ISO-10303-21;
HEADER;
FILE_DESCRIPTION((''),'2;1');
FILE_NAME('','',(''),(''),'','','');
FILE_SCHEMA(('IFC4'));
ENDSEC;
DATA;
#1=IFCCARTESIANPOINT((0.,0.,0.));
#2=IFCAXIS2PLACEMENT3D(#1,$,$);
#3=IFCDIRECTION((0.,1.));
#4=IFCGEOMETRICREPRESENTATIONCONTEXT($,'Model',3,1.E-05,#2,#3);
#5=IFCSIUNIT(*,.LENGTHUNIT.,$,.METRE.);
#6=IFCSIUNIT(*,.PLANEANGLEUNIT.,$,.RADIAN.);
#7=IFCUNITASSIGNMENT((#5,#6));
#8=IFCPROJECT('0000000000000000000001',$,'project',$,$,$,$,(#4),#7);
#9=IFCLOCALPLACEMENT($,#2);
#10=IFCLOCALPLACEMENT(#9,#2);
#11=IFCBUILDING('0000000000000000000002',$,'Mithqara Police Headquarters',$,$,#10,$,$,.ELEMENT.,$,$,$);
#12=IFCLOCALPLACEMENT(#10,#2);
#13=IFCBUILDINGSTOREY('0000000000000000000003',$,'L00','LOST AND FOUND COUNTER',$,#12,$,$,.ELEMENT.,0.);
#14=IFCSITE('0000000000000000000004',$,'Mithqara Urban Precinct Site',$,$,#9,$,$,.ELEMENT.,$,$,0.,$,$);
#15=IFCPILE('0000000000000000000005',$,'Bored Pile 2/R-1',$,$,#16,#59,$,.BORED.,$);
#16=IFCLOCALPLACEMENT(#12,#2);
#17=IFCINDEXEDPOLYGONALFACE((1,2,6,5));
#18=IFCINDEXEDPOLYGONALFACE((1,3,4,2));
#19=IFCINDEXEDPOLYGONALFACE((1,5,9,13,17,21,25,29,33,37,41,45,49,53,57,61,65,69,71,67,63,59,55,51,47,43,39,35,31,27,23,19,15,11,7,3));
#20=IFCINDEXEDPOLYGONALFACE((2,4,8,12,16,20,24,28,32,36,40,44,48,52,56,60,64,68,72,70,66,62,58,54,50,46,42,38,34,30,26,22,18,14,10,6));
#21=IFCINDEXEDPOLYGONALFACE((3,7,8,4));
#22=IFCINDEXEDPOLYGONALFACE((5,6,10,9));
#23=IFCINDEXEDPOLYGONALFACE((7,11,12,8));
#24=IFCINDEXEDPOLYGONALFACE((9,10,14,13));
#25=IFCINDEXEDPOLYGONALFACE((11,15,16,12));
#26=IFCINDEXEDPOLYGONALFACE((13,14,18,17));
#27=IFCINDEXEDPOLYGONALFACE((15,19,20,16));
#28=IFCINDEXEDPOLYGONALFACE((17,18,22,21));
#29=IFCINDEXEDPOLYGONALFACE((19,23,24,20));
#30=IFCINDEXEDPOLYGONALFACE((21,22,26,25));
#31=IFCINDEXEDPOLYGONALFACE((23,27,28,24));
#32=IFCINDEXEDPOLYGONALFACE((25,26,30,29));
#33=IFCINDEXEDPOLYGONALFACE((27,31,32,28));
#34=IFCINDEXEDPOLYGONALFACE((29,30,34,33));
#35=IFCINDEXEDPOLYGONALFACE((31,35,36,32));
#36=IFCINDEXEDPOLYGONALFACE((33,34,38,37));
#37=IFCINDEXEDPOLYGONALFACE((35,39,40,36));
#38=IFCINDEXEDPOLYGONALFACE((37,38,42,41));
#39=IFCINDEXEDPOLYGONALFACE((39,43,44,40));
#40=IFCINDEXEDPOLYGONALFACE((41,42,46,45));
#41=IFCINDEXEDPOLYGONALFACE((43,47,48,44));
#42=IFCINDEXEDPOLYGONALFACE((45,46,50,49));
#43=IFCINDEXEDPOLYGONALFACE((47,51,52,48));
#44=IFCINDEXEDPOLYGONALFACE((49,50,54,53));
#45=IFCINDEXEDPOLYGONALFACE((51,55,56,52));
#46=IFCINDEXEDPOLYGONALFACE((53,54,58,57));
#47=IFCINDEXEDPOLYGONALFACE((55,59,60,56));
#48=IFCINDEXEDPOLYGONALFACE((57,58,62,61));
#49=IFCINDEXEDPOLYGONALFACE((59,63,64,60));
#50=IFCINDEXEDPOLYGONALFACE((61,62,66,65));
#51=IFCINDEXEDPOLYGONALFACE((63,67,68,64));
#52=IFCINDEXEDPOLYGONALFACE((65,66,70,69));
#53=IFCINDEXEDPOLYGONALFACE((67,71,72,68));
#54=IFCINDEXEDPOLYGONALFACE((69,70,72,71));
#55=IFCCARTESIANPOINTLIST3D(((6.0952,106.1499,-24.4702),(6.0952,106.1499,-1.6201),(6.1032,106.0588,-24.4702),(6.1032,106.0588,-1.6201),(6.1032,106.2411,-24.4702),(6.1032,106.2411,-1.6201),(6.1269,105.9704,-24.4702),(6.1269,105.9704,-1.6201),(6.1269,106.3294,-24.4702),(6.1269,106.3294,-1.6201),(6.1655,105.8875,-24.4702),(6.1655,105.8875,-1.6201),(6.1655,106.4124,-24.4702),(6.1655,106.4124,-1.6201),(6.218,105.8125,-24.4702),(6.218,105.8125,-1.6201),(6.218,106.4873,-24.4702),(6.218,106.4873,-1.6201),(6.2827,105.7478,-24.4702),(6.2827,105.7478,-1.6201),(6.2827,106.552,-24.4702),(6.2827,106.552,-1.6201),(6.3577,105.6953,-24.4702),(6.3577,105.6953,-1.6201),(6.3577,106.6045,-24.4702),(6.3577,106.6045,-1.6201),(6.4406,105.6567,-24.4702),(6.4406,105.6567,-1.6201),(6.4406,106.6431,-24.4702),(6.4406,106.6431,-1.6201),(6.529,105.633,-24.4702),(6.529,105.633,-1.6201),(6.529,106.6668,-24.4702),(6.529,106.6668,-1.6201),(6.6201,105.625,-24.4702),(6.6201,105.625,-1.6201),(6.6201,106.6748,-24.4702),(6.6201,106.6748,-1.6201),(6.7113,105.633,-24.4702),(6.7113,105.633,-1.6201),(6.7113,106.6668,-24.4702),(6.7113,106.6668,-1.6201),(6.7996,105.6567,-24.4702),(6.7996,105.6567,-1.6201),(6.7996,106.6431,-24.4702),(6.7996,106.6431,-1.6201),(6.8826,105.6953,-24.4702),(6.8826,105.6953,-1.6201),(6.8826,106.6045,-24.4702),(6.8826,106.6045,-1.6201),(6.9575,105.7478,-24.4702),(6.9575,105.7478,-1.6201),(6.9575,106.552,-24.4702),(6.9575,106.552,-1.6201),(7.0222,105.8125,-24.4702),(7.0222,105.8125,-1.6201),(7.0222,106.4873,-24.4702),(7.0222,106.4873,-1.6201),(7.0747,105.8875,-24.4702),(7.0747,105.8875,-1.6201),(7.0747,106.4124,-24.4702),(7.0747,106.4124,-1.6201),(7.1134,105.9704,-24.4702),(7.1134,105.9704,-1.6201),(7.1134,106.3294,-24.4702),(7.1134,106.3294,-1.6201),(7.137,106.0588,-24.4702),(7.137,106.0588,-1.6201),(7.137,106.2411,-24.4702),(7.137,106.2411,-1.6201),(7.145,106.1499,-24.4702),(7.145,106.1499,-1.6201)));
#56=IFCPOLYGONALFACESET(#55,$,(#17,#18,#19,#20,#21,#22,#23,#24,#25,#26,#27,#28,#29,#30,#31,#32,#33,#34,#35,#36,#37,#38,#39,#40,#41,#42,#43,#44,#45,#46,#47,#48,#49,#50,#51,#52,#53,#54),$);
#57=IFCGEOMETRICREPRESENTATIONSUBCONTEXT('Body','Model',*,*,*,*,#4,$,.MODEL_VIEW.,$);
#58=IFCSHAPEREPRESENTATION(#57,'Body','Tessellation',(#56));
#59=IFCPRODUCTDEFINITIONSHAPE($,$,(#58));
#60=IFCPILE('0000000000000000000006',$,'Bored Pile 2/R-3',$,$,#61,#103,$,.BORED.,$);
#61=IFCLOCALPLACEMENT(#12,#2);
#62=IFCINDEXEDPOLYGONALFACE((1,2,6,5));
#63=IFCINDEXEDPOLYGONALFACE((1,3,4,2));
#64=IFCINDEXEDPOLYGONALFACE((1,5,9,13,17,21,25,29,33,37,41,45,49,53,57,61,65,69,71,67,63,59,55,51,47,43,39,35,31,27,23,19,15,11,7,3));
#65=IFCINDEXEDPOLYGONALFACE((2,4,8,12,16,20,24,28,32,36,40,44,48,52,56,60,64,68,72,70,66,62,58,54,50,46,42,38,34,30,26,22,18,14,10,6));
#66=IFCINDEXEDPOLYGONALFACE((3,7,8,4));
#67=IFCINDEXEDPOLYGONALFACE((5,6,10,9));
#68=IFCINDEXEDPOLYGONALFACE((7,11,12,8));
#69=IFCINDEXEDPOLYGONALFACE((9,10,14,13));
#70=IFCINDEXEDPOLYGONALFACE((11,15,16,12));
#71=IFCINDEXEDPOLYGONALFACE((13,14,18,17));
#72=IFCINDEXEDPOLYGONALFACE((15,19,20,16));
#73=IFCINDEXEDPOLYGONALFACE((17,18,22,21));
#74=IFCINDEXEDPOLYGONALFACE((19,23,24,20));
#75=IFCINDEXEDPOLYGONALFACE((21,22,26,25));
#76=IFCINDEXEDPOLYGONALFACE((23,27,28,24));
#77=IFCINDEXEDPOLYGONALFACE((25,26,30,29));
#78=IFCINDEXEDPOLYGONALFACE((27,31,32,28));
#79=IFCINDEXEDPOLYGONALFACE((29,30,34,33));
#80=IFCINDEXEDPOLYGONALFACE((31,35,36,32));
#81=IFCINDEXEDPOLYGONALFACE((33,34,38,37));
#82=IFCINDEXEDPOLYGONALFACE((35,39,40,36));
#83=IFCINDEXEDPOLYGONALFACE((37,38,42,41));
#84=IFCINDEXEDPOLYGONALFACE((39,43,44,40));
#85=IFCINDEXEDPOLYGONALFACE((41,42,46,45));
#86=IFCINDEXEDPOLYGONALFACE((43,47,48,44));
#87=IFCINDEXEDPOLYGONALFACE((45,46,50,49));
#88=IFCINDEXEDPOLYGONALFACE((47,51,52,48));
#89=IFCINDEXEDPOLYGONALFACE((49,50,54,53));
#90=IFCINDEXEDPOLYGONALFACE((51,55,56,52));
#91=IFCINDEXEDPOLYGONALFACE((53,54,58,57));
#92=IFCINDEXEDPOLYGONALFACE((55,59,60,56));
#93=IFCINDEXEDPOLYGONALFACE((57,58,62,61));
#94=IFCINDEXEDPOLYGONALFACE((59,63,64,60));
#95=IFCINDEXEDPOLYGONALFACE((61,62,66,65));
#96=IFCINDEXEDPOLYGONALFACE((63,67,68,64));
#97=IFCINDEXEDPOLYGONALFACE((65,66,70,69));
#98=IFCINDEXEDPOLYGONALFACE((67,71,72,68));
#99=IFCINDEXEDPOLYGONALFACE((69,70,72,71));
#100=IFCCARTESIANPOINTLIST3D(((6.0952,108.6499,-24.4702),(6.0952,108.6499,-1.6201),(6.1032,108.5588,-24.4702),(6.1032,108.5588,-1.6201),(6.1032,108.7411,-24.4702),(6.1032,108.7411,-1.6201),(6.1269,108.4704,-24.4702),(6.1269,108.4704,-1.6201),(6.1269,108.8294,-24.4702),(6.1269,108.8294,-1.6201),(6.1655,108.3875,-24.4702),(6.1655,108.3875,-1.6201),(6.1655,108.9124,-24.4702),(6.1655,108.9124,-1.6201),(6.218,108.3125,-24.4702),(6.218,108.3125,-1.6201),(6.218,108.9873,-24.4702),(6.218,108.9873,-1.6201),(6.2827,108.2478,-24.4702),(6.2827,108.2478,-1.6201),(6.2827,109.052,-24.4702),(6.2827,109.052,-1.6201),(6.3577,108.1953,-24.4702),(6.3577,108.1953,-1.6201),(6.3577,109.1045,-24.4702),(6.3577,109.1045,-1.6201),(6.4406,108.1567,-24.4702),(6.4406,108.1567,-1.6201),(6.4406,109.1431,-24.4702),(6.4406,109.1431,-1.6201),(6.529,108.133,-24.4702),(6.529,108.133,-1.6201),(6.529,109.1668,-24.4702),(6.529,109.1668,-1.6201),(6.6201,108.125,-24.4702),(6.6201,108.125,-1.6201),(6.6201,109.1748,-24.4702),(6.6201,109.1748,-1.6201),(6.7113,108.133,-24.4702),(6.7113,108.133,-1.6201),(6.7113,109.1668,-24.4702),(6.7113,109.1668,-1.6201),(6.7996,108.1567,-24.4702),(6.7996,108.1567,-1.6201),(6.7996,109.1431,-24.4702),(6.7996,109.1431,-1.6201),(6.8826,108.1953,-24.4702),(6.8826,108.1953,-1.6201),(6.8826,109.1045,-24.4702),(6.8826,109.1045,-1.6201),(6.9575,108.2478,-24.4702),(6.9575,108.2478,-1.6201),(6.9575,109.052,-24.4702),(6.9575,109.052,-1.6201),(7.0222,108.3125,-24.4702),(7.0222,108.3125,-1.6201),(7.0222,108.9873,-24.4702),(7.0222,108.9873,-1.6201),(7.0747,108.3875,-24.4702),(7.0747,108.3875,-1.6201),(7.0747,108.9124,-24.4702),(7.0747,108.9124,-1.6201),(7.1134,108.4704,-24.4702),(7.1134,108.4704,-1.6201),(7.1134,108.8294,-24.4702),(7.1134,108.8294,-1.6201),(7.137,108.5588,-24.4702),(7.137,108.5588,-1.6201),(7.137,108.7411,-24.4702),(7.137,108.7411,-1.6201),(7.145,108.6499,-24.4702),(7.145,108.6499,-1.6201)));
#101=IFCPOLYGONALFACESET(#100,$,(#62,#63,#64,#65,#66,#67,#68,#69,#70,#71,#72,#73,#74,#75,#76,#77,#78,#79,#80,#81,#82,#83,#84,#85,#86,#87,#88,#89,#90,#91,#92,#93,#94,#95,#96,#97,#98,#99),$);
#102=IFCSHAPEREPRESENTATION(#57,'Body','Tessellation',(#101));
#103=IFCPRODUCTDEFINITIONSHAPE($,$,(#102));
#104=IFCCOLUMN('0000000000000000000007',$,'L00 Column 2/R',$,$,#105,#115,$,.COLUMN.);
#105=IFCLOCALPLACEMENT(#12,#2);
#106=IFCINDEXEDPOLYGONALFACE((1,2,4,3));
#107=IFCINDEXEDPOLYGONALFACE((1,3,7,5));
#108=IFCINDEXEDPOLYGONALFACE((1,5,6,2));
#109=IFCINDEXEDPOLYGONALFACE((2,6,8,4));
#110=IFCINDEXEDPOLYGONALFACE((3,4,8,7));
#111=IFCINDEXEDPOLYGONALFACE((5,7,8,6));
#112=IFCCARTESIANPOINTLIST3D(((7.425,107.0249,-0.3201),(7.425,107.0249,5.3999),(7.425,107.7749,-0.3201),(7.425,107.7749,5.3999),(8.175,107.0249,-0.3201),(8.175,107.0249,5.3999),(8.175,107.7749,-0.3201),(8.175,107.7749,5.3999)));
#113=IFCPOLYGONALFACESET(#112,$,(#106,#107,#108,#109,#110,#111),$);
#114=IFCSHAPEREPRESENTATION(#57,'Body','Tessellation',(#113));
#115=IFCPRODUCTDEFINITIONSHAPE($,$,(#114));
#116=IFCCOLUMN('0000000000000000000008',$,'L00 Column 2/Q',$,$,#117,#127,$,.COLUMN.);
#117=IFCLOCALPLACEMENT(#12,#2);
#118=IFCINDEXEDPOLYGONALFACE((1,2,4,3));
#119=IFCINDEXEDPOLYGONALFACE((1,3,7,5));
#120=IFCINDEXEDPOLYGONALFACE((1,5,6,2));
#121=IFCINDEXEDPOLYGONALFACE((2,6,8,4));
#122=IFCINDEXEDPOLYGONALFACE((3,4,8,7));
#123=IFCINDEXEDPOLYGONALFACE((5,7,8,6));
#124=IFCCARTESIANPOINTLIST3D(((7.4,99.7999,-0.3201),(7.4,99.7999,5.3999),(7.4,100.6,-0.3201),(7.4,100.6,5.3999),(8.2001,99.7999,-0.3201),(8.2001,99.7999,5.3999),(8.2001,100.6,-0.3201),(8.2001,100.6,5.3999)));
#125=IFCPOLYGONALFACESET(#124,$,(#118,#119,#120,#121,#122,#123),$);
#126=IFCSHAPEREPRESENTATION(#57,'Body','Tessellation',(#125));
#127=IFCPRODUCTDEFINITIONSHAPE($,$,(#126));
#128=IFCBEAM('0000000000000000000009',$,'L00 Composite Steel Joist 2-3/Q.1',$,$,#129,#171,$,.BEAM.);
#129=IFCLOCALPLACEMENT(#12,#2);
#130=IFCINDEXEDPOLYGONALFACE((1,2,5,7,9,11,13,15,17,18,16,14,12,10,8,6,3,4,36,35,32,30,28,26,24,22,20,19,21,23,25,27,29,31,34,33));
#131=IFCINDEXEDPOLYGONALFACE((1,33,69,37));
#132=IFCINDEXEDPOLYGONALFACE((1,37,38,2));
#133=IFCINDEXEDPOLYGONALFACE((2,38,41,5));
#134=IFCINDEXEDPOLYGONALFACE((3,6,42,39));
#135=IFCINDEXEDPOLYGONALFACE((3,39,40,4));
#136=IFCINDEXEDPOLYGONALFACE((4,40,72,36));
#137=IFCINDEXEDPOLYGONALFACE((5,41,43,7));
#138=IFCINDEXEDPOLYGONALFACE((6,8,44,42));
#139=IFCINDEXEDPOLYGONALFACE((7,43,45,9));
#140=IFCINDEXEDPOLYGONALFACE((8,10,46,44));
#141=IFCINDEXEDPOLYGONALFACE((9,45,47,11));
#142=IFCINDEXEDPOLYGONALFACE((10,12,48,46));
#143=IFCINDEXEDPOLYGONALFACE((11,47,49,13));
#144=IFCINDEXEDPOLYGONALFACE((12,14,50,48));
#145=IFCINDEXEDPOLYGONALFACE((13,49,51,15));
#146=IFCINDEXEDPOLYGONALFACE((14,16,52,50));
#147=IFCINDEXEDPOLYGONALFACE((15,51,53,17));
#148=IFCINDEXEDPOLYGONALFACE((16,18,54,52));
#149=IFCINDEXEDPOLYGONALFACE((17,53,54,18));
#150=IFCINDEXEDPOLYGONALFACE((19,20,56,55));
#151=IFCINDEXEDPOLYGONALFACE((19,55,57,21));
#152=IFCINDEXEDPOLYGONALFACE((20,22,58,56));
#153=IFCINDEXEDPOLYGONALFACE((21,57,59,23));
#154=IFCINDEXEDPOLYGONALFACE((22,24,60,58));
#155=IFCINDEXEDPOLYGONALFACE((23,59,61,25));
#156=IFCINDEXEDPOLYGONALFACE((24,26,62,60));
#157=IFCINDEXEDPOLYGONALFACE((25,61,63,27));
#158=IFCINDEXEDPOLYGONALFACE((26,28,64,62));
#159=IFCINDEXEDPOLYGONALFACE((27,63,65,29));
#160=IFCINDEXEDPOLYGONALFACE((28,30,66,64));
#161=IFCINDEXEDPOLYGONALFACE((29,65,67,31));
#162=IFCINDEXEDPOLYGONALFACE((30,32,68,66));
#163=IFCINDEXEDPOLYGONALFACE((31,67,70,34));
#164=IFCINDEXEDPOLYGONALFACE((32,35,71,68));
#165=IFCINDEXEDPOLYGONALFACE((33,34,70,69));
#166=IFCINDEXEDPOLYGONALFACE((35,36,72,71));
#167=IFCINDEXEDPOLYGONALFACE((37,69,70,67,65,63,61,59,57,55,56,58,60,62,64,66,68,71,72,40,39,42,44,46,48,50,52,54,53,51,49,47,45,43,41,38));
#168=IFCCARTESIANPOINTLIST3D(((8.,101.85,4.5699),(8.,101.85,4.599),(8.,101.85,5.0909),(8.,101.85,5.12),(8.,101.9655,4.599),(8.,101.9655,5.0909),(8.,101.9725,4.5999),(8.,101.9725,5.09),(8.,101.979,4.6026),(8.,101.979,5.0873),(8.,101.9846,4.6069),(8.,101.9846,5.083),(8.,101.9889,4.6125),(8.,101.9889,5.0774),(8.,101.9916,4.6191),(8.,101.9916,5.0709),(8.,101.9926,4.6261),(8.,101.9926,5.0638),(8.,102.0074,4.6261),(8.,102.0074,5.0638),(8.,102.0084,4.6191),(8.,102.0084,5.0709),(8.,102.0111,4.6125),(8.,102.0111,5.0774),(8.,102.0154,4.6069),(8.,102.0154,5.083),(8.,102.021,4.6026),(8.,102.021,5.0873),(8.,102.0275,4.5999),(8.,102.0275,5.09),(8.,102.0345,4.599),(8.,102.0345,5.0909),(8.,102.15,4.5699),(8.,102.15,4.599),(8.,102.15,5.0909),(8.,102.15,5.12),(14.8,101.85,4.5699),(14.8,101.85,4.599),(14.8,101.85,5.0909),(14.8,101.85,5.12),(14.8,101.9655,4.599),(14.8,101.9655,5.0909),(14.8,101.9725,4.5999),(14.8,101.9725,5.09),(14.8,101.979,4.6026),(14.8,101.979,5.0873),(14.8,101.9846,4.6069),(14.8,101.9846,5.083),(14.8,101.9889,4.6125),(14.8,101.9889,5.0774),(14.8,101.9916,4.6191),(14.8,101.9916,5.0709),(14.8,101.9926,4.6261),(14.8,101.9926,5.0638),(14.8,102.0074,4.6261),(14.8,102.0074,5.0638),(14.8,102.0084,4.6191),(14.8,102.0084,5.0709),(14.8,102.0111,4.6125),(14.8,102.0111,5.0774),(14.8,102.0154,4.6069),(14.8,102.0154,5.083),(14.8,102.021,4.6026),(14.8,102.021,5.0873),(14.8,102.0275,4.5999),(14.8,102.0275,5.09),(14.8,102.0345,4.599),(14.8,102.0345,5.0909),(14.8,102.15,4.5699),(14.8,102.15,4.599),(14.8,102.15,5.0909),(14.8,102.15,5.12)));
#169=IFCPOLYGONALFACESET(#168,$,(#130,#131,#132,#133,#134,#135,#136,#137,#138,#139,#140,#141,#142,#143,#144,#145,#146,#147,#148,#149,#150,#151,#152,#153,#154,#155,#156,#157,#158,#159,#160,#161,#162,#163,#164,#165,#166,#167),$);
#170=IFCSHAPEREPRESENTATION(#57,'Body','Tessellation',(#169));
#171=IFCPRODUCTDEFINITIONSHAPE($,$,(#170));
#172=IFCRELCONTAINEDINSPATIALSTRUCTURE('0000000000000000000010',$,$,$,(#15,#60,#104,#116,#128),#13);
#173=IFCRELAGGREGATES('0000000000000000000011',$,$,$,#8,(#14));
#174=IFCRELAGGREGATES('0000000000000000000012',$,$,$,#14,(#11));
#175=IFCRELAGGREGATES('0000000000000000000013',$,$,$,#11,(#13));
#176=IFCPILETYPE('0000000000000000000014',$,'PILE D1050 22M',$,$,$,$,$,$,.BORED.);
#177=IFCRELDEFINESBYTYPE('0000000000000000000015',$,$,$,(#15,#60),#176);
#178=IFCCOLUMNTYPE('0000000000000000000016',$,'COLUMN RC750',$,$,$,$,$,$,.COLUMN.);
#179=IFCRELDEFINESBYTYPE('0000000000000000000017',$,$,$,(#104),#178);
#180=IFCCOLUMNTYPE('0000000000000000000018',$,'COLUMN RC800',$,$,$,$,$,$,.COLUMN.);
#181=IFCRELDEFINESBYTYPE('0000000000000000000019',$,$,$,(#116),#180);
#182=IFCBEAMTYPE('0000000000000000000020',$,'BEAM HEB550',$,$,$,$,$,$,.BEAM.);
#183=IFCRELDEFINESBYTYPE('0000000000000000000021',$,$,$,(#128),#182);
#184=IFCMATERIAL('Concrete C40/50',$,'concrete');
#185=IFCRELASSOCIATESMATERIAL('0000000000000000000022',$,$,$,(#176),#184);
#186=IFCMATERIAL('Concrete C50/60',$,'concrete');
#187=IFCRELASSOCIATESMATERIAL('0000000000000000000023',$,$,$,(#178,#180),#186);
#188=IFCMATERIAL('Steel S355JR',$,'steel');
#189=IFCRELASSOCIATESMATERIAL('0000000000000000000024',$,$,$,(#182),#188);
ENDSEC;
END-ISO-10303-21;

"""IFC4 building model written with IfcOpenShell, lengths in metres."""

from ifc_helpers import new_model, si_unit, direction, frame, origin, origin_2d, place, context, subcontext, project, spatial, rectangle, circle, i_section, extrude, material, material_profile, profile_set, type_object, element, save


model = new_model("IFC4")

# Units and contexts
model_context = context("Model", 3, precision=1e-05, world=origin(), true_north=direction((0.0, 1.0)))
body_context = subcontext(model_context, "Body", "Model", "MODEL_VIEW")
ifc_project = project(units=[si_unit("LENGTHUNIT", "METRE"), si_unit("PLANEANGLEUNIT", "RADIAN")], contexts=[model_context])

# Site, building, storey
site_placement = place(None, origin())
site = spatial("IfcSite", under=ifc_project, at=site_placement, Name="Mithqara Urban Precinct Site", CompositionType="ELEMENT", RefElevation=0.0)
building_placement = place(site_placement, origin())
building = spatial("IfcBuilding", under=site, at=building_placement, Name="Mithqara Police Headquarters", CompositionType="ELEMENT")
storey_placement = place(building_placement, origin())
storey = spatial("IfcBuildingStorey", under=building, at=storey_placement, Name="L00", Description="LOST AND FOUND COUNTER", CompositionType="ELEMENT", Elevation=0.0)

# Shared definitions
ifc_material_1 = material(Name="Concrete C40/50", Category="concrete")

# Piles
ifc_material_profile_1 = material_profile(ifc_material_1, circle(Radius=0.5249, at=origin_2d()), Name="PILE D1050")
ifc_profile_set_1 = profile_set([ifc_material_profile_1], Name="Concrete C40/50")
pile_type = type_object("IfcPileType", Name="PILE D1050 22M", PredefinedType="BORED", material=ifc_profile_set_1)
for number, where, z_axis, x_axis, name in (
    (1, (6.6201, 106.1499, -1.6201), (0.0, 0.0, -1.0), (1.0, 0.0, 0.0), "Bored Pile 2/R-1"),
    (2, (6.6201, 108.6499, -1.6201), (0.0, 0.0, -1.0), (1.0, 0.0, 0.0), "Bored Pile 2/R-3"),
):
    element("IfcPile", number, at=place(storey_placement, frame(where, z_axis=z_axis, x_axis=x_axis)), inside=storey, type_object=pile_type, Name=name, PredefinedType="BORED", context=body_context, shape_type="SweptSolid", body=[
        extrude(circle(Radius=0.5249, at=origin_2d()), origin(), (0.0, 0.0, 1.0), 22.8501),
    ])

# Columns
ifc_material_2 = material(Name="Concrete C50/60", Category="concrete")
ifc_material_profile_2 = material_profile(ifc_material_2, rectangle(XDim=0.75, YDim=0.75, at=origin_2d()), Name="RC 750x750")
ifc_profile_set_2 = profile_set([ifc_material_profile_2], Name="Concrete C50/60")
column_type_1 = type_object("IfcColumnType", Name="COLUMN RC750", PredefinedType="COLUMN", material=ifc_profile_set_2)
column_1_placement = place(storey_placement, frame((7.8, 107.3999, -0.3201), z_axis=(0.0, 0.0, 1.0), x_axis=(1.0, 0.0, 0.0)))
element("IfcColumn", 3, at=column_1_placement, inside=storey, type_object=column_type_1, Name="L00 Column 2/R", PredefinedType="COLUMN", context=body_context, shape_type="SweptSolid", body=[
    extrude(rectangle(XDim=0.75, YDim=0.75, at=origin_2d()), origin(), (0.0, 0.0, 1.0), 5.72),
])
ifc_material_profile_3 = material_profile(ifc_material_2, rectangle(XDim=0.8, YDim=0.8, at=origin_2d()), Name="RC 800x800")
ifc_profile_set_3 = profile_set([ifc_material_profile_3], Name="Concrete C50/60")
column_type_2 = type_object("IfcColumnType", Name="COLUMN RC800", PredefinedType="COLUMN", material=ifc_profile_set_3)
column_2_placement = place(storey_placement, frame((7.8, 100.2, -0.3201), z_axis=(0.0, 0.0, 1.0), x_axis=(1.0, 0.0, 0.0)))
element("IfcColumn", 4, at=column_2_placement, inside=storey, type_object=column_type_2, Name="L00 Column 2/Q", PredefinedType="COLUMN", context=body_context, shape_type="SweptSolid", body=[
    extrude(rectangle(XDim=0.8, YDim=0.8, at=origin_2d()), origin(), (0.0, 0.0, 1.0), 5.72),
])

# Beam
ifc_material_3 = material(Name="Steel S355JR", Category="steel")
ifc_material_profile_4 = material_profile(ifc_material_3, i_section(OverallWidth=0.3, OverallDepth=0.55, WebThickness=0.0149, FlangeThickness=0.0291, FilletRadius=0.0271, at=origin_2d()), Name="HEB 550")
ifc_profile_set_4 = profile_set([ifc_material_profile_4], Name="Steel S355JR")
beam_type_1 = type_object("IfcBeamType", Name="BEAM HEB550", PredefinedType="BEAM", material=ifc_profile_set_4)
for number, where, z_axis, x_axis, name in (
    (5, (8.0, 102.0, 4.845), (1.0, 0.0, 0.0), (0.0, 1.0, 0.0), "L00 Composite Steel Joist 2-3/Q.1"),
):
    element("IfcBeam", number, at=place(storey_placement, frame(where, z_axis=z_axis, x_axis=x_axis)), inside=storey, type_object=beam_type_1, Name=name, PredefinedType="BEAM", context=body_context, shape_type="SweptSolid", body=[
        extrude(i_section(OverallWidth=0.3, OverallDepth=0.55, WebThickness=0.0149, FlangeThickness=0.0291, FilletRadius=0.0271, at=origin_2d()), origin(), (0.0, 0.0, 1.0), 6.8),
    ])

save(model, "model.ifc")
